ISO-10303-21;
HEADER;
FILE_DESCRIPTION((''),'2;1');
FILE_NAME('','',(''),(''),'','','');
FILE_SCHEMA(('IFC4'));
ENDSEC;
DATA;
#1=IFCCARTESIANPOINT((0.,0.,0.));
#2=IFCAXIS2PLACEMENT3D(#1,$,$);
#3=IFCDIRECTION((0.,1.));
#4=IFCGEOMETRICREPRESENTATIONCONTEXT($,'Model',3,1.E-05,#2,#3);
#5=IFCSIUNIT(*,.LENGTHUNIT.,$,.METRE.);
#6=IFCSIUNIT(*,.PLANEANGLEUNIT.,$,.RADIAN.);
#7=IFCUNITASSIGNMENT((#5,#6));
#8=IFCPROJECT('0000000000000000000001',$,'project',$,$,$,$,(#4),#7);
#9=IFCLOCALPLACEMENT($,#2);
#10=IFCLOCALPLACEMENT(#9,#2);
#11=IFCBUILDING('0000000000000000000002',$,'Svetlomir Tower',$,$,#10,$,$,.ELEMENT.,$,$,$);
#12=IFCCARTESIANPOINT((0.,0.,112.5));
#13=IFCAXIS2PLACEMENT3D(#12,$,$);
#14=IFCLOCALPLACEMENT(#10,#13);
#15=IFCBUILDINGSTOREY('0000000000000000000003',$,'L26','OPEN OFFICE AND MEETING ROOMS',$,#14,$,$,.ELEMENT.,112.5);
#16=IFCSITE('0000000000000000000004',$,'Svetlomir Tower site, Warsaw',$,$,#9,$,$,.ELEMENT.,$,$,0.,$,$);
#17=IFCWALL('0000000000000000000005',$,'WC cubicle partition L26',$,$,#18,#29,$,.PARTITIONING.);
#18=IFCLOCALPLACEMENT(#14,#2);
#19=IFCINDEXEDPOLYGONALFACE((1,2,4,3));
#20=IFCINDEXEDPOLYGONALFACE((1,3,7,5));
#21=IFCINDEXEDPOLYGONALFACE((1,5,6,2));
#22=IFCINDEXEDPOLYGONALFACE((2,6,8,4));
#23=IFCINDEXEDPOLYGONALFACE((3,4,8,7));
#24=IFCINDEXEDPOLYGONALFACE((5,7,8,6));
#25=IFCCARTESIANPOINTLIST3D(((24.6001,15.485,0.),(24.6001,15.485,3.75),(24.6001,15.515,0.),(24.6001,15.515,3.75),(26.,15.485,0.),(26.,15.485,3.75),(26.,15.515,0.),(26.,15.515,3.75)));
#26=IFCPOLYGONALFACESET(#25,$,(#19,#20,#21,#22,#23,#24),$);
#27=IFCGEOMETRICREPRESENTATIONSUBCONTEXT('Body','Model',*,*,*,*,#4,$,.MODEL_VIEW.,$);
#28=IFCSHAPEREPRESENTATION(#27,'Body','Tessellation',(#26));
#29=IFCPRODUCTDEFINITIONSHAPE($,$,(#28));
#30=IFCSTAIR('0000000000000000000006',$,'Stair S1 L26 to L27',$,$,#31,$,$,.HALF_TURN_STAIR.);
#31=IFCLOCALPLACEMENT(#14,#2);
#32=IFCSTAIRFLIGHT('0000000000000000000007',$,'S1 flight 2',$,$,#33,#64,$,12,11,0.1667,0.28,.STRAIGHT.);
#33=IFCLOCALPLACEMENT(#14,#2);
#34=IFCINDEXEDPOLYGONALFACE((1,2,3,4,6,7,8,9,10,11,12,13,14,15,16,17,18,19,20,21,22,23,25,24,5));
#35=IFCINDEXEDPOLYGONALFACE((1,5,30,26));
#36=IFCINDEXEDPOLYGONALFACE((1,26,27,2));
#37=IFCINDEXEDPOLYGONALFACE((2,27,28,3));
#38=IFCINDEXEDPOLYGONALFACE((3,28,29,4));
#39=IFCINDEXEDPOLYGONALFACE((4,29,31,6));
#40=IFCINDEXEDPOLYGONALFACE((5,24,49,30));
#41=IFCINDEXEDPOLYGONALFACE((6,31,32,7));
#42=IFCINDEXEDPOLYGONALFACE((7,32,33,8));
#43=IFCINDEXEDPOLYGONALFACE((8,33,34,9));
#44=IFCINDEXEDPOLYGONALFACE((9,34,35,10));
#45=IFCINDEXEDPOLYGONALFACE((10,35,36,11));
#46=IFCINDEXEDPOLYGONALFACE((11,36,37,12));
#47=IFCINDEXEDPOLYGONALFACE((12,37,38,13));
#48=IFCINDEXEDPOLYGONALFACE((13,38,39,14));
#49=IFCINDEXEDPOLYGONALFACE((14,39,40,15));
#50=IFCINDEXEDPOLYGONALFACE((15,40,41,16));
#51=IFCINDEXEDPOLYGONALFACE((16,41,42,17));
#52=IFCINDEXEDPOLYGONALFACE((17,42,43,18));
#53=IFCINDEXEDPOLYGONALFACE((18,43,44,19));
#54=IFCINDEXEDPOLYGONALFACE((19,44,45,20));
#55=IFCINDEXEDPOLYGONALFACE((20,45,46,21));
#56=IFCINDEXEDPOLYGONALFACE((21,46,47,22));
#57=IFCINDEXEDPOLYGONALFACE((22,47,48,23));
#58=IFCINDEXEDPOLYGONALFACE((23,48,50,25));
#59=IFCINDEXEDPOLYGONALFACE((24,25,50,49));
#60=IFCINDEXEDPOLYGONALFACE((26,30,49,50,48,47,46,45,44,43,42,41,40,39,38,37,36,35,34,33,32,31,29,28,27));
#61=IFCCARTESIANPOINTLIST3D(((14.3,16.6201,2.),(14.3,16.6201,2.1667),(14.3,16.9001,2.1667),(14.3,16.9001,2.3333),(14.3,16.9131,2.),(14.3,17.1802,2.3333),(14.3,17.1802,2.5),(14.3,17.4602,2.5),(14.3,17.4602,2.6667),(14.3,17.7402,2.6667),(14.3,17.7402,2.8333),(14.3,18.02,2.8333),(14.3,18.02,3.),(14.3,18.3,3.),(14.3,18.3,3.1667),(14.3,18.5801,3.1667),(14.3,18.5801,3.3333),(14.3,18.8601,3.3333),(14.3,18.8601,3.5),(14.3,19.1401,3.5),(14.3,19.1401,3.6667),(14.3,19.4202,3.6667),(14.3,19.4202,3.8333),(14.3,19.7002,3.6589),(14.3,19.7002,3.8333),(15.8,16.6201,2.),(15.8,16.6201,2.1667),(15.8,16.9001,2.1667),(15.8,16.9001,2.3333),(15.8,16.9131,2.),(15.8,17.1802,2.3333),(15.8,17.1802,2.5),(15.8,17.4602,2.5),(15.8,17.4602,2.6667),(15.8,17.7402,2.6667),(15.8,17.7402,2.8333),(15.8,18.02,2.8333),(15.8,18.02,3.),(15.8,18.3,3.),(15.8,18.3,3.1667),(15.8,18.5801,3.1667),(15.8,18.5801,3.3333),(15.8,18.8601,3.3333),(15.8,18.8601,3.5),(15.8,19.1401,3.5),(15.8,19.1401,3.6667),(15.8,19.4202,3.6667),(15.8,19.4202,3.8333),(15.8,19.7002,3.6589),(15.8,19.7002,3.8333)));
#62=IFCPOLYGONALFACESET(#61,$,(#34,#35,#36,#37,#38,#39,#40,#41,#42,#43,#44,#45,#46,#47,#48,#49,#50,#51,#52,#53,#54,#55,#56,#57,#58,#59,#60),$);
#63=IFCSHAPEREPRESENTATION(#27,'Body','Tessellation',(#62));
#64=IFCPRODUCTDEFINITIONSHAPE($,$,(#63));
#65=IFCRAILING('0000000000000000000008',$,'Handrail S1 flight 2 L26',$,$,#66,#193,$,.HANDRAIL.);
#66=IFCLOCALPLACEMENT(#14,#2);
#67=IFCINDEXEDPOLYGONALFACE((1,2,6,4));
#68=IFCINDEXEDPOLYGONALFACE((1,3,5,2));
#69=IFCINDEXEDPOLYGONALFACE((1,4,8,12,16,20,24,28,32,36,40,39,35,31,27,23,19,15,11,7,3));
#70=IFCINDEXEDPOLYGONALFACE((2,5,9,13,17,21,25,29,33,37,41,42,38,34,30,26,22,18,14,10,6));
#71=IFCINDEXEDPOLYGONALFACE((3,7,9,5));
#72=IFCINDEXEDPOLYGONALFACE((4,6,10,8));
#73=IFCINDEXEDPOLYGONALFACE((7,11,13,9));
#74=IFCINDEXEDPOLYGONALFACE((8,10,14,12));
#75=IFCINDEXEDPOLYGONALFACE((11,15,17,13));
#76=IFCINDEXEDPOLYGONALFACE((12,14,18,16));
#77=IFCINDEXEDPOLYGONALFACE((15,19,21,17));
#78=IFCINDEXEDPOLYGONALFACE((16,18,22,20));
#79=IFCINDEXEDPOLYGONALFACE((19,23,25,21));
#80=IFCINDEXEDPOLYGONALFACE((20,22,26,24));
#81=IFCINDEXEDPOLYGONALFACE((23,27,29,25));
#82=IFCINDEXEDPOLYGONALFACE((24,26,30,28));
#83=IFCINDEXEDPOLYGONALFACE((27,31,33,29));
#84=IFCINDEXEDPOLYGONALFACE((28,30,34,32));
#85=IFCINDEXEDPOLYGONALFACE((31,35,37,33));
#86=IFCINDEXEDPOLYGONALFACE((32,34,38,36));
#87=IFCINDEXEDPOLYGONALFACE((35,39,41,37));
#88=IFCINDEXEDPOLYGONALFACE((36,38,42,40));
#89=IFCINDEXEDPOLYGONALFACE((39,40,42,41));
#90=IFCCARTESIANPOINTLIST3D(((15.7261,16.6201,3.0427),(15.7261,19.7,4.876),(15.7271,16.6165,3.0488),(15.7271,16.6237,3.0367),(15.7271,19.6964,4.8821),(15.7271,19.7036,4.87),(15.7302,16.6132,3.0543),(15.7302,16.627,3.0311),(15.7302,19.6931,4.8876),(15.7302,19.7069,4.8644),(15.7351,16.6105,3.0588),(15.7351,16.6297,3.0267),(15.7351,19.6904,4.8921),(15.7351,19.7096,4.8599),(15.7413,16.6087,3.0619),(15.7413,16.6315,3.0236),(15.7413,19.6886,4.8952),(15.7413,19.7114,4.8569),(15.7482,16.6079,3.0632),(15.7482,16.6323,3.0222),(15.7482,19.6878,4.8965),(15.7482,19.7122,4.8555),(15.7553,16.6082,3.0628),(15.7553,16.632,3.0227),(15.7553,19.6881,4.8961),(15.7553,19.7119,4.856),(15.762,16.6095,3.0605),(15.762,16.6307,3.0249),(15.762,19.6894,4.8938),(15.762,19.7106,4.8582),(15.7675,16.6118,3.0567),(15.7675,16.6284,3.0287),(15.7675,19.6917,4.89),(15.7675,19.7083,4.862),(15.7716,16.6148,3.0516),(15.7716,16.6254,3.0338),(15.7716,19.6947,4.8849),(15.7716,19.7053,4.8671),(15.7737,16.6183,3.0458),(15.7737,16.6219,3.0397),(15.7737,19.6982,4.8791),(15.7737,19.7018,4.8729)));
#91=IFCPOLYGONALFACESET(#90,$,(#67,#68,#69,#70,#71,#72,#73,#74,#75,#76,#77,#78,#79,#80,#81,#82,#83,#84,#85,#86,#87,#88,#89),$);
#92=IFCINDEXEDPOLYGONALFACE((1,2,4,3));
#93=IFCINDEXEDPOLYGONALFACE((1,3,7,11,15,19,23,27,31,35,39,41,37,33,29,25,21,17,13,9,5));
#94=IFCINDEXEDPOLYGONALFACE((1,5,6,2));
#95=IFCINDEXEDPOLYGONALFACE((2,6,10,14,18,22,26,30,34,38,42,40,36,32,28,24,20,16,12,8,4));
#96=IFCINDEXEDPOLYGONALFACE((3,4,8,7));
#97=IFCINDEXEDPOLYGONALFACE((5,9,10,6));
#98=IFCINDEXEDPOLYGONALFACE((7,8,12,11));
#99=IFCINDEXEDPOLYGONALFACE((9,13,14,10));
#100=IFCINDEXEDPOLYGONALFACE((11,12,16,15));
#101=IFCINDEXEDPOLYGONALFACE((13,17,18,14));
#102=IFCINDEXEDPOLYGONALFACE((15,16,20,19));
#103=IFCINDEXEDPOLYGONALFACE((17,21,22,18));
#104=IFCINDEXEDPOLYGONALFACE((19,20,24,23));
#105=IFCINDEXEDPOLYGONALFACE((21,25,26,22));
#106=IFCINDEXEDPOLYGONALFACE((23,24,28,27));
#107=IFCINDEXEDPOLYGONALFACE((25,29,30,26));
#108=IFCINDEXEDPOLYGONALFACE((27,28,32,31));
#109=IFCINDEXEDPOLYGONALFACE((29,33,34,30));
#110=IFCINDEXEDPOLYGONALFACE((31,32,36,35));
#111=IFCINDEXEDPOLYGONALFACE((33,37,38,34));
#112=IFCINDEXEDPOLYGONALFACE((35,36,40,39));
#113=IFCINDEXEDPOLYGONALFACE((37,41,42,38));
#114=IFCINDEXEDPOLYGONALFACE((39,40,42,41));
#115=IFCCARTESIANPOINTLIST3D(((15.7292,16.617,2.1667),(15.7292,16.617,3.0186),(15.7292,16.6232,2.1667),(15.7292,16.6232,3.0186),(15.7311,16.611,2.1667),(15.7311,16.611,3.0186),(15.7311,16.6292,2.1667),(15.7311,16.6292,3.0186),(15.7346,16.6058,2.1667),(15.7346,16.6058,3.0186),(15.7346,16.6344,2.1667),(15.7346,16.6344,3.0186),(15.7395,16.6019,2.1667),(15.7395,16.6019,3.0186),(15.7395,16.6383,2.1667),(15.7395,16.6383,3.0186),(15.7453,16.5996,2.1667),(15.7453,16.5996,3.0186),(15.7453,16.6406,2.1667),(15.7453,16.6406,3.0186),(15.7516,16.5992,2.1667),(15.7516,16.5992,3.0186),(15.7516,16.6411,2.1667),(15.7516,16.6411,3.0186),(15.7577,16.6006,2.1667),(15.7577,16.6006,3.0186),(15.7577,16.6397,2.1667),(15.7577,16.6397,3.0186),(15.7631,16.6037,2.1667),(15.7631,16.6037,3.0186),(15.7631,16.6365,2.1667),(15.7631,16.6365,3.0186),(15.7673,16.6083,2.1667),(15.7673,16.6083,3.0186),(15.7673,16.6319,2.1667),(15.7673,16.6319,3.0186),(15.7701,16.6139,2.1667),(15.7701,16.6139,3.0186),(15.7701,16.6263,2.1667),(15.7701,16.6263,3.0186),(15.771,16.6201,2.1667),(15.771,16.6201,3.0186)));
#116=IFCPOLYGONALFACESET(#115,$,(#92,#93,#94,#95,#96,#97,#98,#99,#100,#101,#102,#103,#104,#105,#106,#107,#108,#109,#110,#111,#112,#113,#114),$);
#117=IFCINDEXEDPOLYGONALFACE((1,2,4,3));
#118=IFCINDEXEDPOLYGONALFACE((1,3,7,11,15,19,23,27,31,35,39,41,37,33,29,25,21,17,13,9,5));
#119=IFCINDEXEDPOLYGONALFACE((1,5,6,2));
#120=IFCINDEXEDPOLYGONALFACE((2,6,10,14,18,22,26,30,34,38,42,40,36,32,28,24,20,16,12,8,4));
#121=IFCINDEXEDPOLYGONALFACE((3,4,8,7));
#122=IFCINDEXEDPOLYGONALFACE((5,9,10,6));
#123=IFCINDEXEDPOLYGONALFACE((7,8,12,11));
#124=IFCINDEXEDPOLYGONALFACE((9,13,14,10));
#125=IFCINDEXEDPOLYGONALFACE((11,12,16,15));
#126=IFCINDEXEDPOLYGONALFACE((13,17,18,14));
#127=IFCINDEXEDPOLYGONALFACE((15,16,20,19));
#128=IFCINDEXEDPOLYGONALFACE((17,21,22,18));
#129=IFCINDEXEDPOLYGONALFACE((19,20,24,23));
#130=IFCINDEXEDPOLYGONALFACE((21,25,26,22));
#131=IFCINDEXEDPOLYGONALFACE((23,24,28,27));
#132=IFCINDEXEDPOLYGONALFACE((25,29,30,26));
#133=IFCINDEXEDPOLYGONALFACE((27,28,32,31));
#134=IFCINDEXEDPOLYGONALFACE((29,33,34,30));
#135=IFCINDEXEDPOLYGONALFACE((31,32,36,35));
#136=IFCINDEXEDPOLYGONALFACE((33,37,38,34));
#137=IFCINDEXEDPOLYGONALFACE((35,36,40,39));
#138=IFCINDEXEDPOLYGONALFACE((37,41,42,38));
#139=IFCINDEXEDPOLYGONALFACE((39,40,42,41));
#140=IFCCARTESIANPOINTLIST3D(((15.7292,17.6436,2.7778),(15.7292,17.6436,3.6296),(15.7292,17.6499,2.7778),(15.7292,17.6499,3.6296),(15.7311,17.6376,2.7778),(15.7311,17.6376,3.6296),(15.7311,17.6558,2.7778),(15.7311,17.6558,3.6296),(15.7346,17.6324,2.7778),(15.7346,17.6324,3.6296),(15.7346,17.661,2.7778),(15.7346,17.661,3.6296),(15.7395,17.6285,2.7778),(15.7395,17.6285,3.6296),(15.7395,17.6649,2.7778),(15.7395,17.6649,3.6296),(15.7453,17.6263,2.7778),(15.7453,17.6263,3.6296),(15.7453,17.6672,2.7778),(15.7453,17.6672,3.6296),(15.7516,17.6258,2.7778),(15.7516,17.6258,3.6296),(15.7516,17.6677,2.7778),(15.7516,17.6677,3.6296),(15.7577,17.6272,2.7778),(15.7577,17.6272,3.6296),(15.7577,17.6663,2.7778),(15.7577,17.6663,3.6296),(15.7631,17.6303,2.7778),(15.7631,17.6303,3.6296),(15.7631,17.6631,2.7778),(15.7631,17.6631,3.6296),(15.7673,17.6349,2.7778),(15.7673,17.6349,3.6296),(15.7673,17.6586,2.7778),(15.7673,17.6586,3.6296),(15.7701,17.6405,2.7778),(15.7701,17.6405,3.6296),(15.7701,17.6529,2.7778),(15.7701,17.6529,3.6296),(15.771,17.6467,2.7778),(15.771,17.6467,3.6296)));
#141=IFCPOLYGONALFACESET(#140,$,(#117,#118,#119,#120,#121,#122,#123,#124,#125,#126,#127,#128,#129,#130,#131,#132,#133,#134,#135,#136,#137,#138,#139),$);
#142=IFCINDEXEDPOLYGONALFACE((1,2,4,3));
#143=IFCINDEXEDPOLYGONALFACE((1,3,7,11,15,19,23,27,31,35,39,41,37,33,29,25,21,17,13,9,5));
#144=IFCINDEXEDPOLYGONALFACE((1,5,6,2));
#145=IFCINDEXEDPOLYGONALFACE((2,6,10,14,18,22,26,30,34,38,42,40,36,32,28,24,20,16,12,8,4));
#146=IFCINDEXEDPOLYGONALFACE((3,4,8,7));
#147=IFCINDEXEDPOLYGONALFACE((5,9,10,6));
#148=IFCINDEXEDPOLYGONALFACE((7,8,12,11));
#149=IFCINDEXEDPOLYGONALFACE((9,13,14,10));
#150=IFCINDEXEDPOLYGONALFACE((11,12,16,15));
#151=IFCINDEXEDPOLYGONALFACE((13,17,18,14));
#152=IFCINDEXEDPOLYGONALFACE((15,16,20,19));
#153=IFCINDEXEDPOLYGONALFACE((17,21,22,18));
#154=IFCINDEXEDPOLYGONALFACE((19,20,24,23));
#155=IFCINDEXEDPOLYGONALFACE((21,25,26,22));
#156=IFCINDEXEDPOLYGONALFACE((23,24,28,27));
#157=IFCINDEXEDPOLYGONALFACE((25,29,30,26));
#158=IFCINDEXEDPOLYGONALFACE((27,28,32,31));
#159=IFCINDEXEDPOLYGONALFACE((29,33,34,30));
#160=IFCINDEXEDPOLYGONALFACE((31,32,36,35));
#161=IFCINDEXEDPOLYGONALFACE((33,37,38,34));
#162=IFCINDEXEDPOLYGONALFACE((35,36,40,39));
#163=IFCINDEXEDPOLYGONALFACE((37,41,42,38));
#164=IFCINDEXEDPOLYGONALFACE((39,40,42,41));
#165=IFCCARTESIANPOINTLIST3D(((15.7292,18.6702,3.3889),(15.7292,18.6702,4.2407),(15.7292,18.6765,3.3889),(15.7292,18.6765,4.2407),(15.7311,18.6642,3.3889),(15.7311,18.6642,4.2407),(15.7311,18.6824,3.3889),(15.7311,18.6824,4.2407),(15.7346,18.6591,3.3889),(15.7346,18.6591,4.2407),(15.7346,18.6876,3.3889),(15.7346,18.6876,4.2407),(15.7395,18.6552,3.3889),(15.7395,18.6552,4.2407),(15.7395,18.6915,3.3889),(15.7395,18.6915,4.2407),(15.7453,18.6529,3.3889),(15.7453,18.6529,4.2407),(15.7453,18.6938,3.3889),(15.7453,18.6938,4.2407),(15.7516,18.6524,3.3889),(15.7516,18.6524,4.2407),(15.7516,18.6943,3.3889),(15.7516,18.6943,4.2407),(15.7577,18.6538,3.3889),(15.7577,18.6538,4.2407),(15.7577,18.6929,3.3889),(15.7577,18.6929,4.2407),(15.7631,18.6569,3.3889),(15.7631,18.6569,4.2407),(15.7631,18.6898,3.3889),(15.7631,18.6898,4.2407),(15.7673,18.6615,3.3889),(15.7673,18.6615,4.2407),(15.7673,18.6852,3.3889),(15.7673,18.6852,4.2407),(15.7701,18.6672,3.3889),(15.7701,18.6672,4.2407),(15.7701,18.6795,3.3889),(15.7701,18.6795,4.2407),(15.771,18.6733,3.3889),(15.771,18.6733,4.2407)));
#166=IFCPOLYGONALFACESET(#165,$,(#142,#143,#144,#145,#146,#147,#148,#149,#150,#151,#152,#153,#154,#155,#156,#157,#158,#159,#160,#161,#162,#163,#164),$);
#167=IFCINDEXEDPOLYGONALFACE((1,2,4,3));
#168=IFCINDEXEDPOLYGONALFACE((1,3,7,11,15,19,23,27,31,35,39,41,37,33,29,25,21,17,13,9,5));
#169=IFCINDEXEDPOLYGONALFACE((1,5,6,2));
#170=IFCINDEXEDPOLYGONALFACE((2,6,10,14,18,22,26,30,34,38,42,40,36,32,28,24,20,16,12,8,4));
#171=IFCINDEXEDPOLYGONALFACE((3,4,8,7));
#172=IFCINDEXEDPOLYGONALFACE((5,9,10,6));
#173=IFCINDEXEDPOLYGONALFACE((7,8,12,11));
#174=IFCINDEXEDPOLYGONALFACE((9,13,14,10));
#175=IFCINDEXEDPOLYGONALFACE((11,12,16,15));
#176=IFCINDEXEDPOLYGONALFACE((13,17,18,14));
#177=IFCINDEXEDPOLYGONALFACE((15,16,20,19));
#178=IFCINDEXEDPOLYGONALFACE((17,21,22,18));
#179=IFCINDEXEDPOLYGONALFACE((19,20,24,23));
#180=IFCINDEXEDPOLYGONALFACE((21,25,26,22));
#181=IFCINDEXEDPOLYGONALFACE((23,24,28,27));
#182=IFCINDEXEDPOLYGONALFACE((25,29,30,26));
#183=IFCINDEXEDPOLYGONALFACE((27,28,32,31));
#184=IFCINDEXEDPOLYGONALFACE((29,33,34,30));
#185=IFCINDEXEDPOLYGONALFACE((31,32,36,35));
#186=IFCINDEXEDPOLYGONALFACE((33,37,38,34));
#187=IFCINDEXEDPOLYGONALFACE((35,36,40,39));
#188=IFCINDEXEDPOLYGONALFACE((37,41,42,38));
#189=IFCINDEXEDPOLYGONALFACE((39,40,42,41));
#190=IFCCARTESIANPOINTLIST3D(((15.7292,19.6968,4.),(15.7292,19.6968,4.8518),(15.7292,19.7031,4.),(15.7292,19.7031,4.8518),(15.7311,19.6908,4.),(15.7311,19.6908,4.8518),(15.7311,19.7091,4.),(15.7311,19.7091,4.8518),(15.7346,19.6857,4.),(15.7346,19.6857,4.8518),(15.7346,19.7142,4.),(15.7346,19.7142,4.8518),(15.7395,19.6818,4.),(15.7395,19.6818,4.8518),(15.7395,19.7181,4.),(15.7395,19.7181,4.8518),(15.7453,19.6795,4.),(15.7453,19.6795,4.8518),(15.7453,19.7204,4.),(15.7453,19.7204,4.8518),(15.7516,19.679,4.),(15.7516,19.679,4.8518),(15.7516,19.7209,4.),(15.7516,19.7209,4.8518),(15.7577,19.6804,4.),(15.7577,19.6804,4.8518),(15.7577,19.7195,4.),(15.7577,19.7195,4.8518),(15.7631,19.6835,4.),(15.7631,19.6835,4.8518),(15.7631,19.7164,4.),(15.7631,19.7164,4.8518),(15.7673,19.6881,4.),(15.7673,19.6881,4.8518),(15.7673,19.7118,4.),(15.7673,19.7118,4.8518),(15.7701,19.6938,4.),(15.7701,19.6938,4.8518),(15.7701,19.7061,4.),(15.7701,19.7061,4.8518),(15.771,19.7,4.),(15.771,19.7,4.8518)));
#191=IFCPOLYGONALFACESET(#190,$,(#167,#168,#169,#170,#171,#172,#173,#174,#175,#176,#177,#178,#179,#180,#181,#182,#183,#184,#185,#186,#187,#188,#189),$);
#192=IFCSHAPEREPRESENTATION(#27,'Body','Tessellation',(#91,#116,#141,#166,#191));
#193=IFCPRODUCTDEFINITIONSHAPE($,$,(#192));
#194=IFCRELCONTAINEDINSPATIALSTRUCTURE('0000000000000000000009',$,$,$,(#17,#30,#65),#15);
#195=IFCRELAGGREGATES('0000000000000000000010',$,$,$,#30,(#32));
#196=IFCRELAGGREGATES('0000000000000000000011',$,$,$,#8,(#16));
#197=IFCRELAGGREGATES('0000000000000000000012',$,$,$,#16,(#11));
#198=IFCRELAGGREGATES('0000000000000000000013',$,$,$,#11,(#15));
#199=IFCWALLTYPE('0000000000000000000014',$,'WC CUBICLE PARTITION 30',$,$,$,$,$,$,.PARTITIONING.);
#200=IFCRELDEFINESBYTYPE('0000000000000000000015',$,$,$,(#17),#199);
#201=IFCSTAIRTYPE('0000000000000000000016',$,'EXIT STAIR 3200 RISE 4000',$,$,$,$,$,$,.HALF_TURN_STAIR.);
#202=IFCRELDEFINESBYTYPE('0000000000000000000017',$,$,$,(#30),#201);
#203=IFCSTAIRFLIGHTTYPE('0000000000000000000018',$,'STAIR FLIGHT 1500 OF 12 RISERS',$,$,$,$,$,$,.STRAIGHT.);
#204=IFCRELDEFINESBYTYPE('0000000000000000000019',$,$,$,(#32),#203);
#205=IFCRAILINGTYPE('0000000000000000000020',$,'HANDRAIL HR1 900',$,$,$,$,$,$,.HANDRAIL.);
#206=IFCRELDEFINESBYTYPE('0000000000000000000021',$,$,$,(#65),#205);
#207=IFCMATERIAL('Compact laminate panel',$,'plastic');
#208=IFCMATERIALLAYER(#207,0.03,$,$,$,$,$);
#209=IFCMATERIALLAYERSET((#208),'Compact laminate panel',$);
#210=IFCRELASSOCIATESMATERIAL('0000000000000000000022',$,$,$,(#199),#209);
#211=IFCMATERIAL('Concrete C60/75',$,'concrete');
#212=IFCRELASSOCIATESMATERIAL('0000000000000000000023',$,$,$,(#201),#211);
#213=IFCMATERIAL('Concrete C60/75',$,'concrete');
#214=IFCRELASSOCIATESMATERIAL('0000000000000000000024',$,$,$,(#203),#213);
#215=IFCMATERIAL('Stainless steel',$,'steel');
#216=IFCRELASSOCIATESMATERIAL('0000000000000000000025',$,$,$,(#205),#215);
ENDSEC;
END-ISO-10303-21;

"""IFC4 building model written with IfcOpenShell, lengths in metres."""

from ifc_helpers import new_model, si_unit, direction, frame, frame_2d, origin, origin_2d, place, context, subcontext, project, spatial, polyline, rectangle, circle, outline, extrude, material, layer, layer_set, type_object, element, aggregate, save


model = new_model("IFC4")

# Units and contexts
model_context = context("Model", 3, precision=1e-05, world=origin(), true_north=direction((0.0, 1.0)))
body_context = subcontext(model_context, "Body", "Model", "MODEL_VIEW")
ifc_project = project(units=[si_unit("LENGTHUNIT", "METRE"), si_unit("PLANEANGLEUNIT", "RADIAN")], contexts=[model_context])

# Site, building, storey
site_placement = place(None, origin())
site = spatial("IfcSite", under=ifc_project, at=site_placement, Name="Svetlomir Tower site, Warsaw", CompositionType="ELEMENT", RefElevation=0.0)
building_placement = place(site_placement, origin())
building = spatial("IfcBuilding", under=site, at=building_placement, Name="Svetlomir Tower", CompositionType="ELEMENT")
storey_placement = place(building_placement, frame((0.0, 0.0, 112.5)))
storey = spatial("IfcBuildingStorey", under=building, at=storey_placement, Name="L26", Description="OPEN OFFICE AND MEETING ROOMS", CompositionType="ELEMENT", Elevation=112.5)

# Wall
ifc_material_1 = material(Name="Compact laminate panel", Category="plastic")
ifc_layer_1 = layer(ifc_material_1, 0.03)
ifc_layer_set_1 = layer_set([ifc_layer_1], Name="Compact laminate panel")
wall_type_1 = type_object("IfcWallType", Name="WC CUBICLE PARTITION 30", PredefinedType="PARTITIONING", material=ifc_layer_set_1)
wall_1_placement = place(storey_placement, frame((24.6001, 15.5, 0.0), z_axis=(0.0, 0.0, 1.0), x_axis=(1.0, 0.0, 0.0)))
element("IfcWall", 1, at=wall_1_placement, inside=storey, type_object=wall_type_1, Name="WC cubicle partition L26", PredefinedType="PARTITIONING", context=body_context, shape_type="SweptSolid", body=[
    extrude(rectangle(XDim=1.3999, YDim=0.03, at=frame_2d((0.7, 0.0))), origin(), (0.0, 0.0, 1.0), 3.75),
])

# Stair, stair flight
ifc_material_2 = material(Name="Concrete C60/75", Category="concrete")
stair_type = type_object("IfcStairType", Name="EXIT STAIR 3200 RISE 4000", PredefinedType="HALF_TURN_STAIR", material=ifc_material_2)
stair_placement = place(storey_placement, origin())
stair = element("IfcStair", 2, at=stair_placement, inside=storey, type_object=stair_type, Name="Stair S1 L26 to L27", PredefinedType="HALF_TURN_STAIR")
ifc_material_3 = material(Name="Concrete C60/75", Category="concrete")
stair_flight_type = type_object("IfcStairFlightType", Name="STAIR FLIGHT 1500 OF 12 RISERS", PredefinedType="STRAIGHT", material=ifc_material_3)
stair_flight_placement = place(storey_placement, frame((15.05, 16.6201, 2.0), z_axis=(0.0, 0.0, 1.0), x_axis=(0.0, 1.0, 0.0)))
stair_flight = element("IfcStairFlight", 3, at=stair_flight_placement, type_object=stair_flight_type, Name="S1 flight 2", NumberOfRisers=12, NumberOfTreads=11, PredefinedType="STRAIGHT", RiserHeight=0.1667, TreadLength=0.28, context=body_context, shape_type="SweptSolid", body=[
    extrude(outline(polyline([(0.0, 0.0), (0.0, 0.1667), (0.28, 0.1667), (0.28, 0.3333), (0.5601, 0.3333), (0.5601, 0.5), (0.8401, 0.5), (0.8401, 0.6667), (1.1201, 0.6667), (1.1201, 0.8333), (1.3999, 0.8333), (1.3999, 1.0), (1.6799, 1.0), (1.6799, 1.1667), (1.96, 1.1667), (1.96, 1.3333), (2.24, 1.3333), (2.24, 1.5), (2.52, 1.5), (2.52, 1.6667), (2.8, 1.6667), (2.8, 1.8333), (3.0801, 1.8333), (3.0801, 2.0), (3.0801, 1.6589), (0.293, 0.0), (0.0, 0.0)])), frame((0.0, 0.75, 0.0), z_axis=(0.0, -1.0, 0.0), x_axis=(1.0, 0.0, 0.0)), (0.0, 0.0, 1.0), 1.5),
])
aggregate(stair, [stair_flight])

# Railing
ifc_material_4 = material(Name="Stainless steel", Category="steel")
railing_type = type_object("IfcRailingType", Name="HANDRAIL HR1 900", PredefinedType="HANDRAIL", material=ifc_material_4)
railing_placement = place(storey_placement, frame((15.75, 16.6201, 2.1667)))
element("IfcRailing", 4, at=railing_placement, inside=storey, type_object=railing_type, Name="Handrail S1 flight 2 L26", PredefinedType="HANDRAIL", context=body_context, shape_type="SweptSolid", body=[
    extrude(circle(Radius=0.0239, at=origin_2d()), frame((0.0, 0.0, 0.876), z_axis=(0.0, 0.859291, 0.511487), x_axis=(-1.0, 0.0, 0.0)), (0.0, 0.0, 1.0), 3.5842),
    extrude(circle(Radius=0.021, at=origin_2d()), origin(), (0.0, 0.0, 1.0), 0.8518),
    extrude(circle(Radius=0.021, at=origin_2d()), frame((0.0, 1.0266, 0.6111)), (0.0, 0.0, 1.0), 0.8518),
    extrude(circle(Radius=0.021, at=origin_2d()), frame((0.0, 2.0532, 1.2222)), (0.0, 0.0, 1.0), 0.8518),
    extrude(circle(Radius=0.021, at=origin_2d()), frame((0.0, 3.0798, 1.8333)), (0.0, 0.0, 1.0), 0.8518),
])

save(model, "model.ifc")
